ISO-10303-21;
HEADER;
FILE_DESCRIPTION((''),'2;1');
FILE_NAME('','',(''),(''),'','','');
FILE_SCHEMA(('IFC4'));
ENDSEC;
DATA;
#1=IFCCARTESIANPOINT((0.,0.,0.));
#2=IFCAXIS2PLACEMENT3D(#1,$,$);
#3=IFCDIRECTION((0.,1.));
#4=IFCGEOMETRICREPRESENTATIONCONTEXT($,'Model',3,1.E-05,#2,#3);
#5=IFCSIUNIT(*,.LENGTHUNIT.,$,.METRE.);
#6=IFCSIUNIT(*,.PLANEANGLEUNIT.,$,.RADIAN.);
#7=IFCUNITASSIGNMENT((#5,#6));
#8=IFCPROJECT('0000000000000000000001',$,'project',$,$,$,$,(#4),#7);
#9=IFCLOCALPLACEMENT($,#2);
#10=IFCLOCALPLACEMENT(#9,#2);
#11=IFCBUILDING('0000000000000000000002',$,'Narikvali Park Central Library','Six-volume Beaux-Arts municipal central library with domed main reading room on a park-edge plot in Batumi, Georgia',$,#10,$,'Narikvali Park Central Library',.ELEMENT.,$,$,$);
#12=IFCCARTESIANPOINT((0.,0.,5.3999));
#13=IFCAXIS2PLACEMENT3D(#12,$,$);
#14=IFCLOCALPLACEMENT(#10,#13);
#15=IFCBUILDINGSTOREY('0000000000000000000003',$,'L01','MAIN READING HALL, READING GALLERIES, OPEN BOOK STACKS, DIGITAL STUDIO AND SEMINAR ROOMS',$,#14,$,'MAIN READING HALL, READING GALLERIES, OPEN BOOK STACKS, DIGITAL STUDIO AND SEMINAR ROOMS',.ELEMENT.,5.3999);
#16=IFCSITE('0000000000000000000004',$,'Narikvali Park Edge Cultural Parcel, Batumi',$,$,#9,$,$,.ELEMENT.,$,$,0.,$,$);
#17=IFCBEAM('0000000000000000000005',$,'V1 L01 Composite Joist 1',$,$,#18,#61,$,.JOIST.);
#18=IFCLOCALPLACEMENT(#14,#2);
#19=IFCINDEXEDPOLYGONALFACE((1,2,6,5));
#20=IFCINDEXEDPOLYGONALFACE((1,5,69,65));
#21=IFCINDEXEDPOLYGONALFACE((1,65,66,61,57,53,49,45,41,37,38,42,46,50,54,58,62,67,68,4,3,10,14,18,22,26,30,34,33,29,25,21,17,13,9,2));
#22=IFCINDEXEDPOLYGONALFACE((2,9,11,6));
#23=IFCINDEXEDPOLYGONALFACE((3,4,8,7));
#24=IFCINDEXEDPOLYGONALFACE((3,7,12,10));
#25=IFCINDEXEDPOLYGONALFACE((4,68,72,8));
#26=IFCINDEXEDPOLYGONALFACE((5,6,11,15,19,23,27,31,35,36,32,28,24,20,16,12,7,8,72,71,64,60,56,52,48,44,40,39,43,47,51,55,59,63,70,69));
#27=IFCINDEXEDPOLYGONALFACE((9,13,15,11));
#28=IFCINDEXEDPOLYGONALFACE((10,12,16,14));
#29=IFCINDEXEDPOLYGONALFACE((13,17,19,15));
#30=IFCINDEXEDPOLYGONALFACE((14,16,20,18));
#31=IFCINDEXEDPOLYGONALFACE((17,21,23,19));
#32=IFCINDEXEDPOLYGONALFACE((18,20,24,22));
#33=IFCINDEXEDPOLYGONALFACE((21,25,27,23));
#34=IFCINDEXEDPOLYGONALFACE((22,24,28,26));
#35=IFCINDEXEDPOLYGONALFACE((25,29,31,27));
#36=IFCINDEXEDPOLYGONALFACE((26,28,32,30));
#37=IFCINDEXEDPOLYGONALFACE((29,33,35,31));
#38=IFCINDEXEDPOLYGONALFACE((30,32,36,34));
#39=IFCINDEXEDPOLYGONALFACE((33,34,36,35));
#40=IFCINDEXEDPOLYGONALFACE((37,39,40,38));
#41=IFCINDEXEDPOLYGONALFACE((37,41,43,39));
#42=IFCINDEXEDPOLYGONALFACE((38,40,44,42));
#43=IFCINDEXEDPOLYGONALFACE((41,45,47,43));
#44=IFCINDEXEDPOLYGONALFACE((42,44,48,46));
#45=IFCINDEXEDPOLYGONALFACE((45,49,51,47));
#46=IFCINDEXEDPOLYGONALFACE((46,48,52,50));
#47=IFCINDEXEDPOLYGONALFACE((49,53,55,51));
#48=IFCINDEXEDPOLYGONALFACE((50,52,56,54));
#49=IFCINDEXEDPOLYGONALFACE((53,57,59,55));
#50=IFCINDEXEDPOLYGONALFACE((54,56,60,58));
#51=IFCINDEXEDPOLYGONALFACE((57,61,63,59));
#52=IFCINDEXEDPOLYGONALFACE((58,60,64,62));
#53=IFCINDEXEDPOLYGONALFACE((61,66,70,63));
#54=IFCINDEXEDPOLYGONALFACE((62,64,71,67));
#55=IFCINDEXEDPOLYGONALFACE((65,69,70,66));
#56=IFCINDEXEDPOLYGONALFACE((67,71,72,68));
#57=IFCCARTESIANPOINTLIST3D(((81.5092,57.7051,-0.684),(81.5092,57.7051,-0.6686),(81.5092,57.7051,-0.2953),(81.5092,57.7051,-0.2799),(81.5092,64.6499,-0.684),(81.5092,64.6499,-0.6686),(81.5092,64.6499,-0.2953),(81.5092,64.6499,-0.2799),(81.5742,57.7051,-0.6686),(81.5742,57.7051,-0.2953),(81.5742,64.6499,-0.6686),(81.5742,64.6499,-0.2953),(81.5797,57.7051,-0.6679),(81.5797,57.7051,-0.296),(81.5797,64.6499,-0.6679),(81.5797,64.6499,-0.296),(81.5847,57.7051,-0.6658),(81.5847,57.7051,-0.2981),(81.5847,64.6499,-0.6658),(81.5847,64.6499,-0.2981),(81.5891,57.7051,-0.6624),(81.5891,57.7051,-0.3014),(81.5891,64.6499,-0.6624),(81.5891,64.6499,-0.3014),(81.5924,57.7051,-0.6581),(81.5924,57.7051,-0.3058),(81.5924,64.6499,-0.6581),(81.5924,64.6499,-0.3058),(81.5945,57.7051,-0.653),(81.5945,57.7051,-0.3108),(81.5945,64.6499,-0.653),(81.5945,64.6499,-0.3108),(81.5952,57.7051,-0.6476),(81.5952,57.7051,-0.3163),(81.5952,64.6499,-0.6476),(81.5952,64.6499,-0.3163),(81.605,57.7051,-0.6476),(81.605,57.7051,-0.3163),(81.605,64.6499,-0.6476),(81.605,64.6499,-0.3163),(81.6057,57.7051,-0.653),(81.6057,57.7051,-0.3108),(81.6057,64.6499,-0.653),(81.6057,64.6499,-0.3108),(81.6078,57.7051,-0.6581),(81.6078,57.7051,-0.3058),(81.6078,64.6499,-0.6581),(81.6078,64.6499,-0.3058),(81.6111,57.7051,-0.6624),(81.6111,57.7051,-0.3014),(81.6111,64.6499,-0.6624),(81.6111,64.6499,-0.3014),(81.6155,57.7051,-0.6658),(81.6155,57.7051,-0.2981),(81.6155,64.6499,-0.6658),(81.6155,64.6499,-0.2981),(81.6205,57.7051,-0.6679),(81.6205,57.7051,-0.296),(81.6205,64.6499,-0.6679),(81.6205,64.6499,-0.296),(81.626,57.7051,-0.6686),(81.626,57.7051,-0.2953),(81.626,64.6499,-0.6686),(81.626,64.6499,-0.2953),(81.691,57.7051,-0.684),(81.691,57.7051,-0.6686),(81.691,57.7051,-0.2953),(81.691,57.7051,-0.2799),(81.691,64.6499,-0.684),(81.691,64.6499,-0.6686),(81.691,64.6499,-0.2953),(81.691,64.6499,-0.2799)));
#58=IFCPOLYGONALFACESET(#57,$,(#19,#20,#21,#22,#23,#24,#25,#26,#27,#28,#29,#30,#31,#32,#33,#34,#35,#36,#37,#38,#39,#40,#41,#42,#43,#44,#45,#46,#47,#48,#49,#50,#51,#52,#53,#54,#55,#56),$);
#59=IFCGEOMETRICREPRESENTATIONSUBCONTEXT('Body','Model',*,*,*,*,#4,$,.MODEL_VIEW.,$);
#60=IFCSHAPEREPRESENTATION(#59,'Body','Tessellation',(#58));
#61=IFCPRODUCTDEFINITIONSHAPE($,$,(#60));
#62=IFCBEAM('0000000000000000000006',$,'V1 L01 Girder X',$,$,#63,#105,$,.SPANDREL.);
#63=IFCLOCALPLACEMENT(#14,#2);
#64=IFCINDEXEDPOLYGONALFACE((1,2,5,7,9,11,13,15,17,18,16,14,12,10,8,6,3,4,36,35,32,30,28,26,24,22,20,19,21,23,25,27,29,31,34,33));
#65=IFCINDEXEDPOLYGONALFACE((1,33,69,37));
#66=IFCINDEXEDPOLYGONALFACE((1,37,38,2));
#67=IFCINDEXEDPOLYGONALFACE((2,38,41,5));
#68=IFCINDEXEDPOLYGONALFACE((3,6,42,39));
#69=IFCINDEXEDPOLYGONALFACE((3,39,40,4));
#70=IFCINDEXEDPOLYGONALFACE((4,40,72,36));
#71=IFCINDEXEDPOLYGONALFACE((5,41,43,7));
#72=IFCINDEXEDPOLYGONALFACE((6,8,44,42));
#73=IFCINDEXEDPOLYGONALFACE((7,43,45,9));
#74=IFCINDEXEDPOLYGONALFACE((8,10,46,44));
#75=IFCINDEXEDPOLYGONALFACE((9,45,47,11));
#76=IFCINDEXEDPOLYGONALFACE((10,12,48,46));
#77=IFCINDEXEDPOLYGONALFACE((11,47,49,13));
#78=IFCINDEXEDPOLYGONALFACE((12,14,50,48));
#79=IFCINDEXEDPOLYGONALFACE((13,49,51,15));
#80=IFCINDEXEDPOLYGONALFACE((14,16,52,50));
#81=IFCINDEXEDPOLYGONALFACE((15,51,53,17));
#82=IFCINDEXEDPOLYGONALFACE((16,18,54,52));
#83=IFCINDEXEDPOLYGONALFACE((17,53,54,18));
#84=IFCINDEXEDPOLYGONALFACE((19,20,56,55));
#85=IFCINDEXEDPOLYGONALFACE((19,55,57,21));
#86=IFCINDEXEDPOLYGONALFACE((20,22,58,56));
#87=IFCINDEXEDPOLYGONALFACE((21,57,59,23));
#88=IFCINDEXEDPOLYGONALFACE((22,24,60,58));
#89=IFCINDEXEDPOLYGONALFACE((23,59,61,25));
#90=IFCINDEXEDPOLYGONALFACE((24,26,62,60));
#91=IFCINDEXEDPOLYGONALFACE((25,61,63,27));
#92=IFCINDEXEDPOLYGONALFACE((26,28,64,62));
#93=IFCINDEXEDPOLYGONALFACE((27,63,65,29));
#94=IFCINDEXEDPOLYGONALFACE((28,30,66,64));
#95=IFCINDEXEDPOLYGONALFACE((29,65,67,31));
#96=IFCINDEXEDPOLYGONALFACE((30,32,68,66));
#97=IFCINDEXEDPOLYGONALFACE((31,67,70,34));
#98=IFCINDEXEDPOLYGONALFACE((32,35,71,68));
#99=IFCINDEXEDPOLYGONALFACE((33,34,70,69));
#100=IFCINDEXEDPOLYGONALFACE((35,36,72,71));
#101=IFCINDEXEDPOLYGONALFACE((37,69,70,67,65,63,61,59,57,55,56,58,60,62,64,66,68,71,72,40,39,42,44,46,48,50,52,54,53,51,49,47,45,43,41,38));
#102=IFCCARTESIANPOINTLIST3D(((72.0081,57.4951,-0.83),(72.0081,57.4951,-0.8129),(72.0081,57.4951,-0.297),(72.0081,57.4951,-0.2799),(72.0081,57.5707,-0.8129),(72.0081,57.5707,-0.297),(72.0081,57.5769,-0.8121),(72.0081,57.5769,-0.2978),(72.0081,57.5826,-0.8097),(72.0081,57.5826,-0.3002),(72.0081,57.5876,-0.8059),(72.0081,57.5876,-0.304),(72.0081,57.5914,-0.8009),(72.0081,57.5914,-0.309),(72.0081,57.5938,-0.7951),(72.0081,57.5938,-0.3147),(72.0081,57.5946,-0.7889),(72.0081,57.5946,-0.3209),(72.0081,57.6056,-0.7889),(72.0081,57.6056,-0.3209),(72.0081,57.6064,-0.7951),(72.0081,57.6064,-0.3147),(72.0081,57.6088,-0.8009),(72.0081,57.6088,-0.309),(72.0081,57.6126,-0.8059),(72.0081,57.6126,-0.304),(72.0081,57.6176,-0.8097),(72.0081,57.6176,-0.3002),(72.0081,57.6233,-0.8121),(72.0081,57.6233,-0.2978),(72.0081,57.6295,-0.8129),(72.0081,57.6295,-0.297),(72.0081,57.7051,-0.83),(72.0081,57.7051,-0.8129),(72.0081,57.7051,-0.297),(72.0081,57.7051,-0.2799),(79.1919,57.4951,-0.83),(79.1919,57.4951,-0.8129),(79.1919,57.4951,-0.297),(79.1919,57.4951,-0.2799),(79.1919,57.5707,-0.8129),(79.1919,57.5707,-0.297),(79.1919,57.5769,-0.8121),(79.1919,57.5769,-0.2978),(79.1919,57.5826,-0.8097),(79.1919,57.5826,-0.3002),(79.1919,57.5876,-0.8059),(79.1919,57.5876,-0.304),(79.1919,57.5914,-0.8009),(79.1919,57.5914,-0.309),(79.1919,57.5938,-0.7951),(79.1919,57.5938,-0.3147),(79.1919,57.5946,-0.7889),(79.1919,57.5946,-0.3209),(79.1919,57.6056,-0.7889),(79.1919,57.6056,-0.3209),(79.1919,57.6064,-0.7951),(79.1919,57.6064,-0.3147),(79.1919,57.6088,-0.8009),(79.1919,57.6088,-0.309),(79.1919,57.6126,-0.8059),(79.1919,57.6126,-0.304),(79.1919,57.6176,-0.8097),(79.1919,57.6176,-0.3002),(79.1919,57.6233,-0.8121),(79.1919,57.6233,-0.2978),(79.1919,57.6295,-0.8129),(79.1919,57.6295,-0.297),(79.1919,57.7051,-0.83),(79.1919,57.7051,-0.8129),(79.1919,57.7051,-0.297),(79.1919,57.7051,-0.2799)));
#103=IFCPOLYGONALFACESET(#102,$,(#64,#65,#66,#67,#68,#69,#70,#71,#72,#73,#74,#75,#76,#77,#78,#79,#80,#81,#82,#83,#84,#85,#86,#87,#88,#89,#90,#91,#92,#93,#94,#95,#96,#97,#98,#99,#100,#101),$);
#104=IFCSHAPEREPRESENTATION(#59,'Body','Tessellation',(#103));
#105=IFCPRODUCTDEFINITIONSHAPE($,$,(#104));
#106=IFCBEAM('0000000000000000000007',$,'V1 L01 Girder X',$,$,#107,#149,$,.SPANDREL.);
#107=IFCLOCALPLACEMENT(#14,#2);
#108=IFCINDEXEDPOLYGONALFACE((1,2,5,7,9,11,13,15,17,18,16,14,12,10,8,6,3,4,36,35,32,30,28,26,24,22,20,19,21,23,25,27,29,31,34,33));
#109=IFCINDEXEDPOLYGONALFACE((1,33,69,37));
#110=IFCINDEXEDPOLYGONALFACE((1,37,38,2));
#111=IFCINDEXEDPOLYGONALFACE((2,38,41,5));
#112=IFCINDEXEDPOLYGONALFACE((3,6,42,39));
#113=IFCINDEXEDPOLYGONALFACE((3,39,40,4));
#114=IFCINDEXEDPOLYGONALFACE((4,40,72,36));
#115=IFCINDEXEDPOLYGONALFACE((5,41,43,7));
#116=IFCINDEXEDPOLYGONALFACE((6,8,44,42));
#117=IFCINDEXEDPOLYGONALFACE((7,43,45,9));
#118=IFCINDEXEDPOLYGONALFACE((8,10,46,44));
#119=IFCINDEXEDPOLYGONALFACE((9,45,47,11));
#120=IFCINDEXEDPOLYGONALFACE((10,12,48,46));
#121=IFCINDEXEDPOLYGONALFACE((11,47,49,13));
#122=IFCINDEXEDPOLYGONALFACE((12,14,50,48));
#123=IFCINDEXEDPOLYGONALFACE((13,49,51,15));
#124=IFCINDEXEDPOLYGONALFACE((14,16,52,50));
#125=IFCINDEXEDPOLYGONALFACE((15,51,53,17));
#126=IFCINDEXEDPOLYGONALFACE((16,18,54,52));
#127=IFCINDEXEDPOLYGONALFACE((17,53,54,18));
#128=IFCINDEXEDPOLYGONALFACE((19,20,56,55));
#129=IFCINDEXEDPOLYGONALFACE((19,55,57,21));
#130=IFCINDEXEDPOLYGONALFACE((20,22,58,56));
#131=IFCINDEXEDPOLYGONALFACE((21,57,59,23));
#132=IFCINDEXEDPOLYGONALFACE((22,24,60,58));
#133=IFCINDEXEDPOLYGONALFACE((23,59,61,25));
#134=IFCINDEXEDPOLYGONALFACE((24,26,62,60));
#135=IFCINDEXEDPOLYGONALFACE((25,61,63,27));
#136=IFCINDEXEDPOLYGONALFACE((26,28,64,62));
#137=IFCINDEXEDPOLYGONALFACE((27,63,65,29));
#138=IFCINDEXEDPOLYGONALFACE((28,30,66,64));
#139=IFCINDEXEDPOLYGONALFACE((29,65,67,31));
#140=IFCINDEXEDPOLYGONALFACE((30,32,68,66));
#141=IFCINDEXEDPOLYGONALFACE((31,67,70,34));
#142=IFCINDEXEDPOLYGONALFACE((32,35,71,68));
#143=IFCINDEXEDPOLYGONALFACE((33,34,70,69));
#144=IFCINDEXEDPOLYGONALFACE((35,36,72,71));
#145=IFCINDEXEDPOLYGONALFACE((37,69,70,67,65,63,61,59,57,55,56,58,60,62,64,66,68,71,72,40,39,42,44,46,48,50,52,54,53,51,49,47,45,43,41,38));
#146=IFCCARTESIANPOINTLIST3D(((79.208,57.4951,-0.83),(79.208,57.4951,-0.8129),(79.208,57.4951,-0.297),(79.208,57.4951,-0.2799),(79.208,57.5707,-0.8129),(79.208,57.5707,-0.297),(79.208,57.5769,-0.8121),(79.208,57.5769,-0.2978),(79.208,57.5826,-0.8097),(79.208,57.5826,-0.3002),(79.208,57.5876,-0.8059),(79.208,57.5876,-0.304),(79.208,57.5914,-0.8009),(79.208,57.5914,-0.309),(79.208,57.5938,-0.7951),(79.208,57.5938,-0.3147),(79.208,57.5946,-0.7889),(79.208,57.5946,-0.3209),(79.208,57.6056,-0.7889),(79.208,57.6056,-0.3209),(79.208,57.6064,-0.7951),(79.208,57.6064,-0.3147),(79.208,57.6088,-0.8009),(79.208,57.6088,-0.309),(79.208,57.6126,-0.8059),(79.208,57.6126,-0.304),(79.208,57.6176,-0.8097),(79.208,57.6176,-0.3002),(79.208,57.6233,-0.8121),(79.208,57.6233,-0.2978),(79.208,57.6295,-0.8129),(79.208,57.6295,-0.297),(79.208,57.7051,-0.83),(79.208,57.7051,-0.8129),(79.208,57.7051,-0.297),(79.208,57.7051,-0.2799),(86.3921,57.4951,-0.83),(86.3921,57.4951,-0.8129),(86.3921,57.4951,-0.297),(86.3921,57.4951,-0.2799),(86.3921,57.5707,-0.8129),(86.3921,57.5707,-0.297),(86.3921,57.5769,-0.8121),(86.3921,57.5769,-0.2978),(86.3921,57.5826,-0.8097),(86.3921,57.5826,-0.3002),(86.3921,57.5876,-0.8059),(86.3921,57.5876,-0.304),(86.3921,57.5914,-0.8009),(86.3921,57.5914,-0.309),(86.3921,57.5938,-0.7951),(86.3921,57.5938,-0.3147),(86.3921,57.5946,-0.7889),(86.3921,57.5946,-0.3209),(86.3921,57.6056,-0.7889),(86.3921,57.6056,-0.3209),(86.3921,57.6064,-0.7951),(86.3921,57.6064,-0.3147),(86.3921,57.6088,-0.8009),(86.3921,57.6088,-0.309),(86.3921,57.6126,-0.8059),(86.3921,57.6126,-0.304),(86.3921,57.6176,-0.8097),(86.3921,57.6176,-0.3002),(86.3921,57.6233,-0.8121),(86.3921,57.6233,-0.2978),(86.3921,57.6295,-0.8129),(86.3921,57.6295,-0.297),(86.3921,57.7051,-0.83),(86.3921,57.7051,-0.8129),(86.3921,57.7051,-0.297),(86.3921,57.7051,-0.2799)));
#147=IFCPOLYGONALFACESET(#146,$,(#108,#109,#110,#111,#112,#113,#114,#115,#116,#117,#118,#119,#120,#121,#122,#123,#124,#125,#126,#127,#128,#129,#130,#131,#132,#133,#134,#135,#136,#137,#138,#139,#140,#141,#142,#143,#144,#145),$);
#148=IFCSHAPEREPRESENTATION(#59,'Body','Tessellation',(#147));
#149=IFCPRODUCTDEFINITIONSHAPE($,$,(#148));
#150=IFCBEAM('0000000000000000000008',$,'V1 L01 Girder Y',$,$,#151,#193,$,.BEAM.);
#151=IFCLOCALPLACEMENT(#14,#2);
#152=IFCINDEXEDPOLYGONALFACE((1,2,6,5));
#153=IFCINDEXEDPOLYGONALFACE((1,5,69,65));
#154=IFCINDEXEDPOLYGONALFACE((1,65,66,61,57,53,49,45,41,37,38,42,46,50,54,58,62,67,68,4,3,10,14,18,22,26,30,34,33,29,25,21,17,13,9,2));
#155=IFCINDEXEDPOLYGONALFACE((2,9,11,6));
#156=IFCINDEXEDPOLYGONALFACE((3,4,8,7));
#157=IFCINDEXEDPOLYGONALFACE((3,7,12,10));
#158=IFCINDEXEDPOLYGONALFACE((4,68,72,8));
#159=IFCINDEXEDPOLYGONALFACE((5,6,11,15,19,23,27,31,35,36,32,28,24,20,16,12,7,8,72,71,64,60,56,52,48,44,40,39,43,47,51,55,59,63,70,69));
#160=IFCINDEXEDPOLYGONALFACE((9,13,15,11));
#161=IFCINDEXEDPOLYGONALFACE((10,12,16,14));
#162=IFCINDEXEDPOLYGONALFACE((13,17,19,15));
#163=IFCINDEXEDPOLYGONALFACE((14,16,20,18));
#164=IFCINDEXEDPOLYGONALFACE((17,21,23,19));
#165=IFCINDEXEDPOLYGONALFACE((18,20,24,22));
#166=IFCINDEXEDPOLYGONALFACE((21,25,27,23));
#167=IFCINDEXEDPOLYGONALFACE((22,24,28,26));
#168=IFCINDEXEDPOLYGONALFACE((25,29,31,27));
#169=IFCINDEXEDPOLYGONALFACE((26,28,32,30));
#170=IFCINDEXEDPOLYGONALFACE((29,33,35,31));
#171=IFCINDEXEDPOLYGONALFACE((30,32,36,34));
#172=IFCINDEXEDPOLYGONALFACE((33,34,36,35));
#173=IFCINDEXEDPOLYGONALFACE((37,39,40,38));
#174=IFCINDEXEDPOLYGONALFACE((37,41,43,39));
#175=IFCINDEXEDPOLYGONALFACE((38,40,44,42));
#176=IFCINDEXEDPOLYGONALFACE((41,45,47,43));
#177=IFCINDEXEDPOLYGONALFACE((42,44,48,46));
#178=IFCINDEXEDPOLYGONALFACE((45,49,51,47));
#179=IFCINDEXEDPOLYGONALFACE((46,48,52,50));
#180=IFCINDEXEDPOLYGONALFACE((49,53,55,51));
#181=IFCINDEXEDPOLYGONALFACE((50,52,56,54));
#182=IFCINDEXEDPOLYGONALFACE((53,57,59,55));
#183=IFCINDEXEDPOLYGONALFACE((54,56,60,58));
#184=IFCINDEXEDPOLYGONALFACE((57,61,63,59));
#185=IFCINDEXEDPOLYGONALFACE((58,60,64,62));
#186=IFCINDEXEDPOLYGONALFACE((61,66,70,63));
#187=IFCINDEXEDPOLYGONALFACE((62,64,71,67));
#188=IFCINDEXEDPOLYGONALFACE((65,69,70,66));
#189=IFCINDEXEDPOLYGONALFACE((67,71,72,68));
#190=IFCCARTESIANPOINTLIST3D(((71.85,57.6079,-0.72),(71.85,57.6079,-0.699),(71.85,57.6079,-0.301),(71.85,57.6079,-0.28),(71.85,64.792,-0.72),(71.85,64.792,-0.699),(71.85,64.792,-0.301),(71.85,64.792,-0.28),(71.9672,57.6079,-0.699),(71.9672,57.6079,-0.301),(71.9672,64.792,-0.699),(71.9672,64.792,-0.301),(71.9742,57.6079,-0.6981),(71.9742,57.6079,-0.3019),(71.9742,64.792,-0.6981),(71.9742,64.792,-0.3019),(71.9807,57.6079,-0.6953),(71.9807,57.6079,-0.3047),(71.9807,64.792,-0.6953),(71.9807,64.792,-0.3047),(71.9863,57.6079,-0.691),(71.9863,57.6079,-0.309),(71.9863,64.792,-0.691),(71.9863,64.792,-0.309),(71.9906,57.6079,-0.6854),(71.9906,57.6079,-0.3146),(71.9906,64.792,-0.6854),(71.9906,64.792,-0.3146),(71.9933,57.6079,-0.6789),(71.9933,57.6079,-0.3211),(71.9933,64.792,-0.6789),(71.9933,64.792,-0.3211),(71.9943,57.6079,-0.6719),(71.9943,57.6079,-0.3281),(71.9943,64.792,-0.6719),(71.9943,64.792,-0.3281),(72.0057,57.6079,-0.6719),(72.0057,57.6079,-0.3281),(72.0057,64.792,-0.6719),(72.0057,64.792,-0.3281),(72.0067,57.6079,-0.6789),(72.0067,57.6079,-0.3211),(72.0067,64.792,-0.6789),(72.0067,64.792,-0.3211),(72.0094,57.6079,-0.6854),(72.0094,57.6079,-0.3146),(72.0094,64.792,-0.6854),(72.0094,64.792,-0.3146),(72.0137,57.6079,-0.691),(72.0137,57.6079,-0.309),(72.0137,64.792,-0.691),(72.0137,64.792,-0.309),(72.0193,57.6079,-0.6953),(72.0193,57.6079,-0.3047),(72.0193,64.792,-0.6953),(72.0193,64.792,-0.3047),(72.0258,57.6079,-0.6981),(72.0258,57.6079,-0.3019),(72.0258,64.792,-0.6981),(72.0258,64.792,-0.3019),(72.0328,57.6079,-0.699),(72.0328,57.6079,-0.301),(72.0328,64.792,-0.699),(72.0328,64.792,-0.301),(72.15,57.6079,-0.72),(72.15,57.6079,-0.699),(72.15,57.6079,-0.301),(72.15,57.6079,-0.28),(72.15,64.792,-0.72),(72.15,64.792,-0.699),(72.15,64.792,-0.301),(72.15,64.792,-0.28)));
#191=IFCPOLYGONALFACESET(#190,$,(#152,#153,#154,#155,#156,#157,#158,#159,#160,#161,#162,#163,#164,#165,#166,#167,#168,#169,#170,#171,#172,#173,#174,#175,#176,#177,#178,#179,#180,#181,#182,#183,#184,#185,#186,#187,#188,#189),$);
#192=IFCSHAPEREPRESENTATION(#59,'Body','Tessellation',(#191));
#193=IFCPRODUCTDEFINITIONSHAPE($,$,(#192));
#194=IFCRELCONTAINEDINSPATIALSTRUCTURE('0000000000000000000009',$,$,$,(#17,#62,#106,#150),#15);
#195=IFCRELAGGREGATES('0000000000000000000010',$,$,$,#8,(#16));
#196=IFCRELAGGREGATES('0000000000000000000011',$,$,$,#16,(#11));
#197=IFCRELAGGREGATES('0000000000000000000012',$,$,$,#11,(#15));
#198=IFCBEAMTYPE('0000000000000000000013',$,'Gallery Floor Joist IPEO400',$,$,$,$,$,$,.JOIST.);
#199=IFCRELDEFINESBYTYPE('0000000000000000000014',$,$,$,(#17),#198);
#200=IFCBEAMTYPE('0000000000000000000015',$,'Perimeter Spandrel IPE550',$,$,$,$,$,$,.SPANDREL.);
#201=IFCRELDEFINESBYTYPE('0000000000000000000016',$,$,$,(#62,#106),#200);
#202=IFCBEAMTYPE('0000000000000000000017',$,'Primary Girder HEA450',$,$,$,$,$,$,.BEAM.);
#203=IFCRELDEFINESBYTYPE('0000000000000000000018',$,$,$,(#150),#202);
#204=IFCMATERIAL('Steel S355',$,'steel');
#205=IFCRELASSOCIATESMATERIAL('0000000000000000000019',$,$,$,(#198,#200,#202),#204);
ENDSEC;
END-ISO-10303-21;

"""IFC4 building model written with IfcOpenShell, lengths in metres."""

from ifc_helpers import new_model, si_unit, direction, frame, origin, origin_2d, place, context, subcontext, project, spatial, i_section, extrude, material, material_profile, profile_set, type_object, element, save


model = new_model("IFC4")

# Units and contexts
model_context = context("Model", 3, precision=1e-05, world=origin(), true_north=direction((0.0, 1.0)))
body_context = subcontext(model_context, "Body", "Model", "MODEL_VIEW")
ifc_project = project(units=[si_unit("LENGTHUNIT", "METRE"), si_unit("PLANEANGLEUNIT", "RADIAN")], contexts=[model_context])

# Site, building, storey
site_placement = place(None, origin())
site = spatial("IfcSite", under=ifc_project, at=site_placement, Name="Narikvali Park Edge Cultural Parcel, Batumi", CompositionType="ELEMENT", RefElevation=0.0)
building_placement = place(site_placement, origin())
building = spatial("IfcBuilding", under=site, at=building_placement, Name="Narikvali Park Central Library", Description="Six-volume Beaux-Arts municipal central library with domed main reading room on a park-edge plot in Batumi, Georgia", LongName="Narikvali Park Central Library", CompositionType="ELEMENT")
storey_placement = place(building_placement, frame((0.0, 0.0, 5.3999)))
storey = spatial("IfcBuildingStorey", under=building, at=storey_placement, Name="L01", Description="MAIN READING HALL, READING GALLERIES, OPEN BOOK STACKS, DIGITAL STUDIO AND SEMINAR ROOMS", LongName="MAIN READING HALL, READING GALLERIES, OPEN BOOK STACKS, DIGITAL STUDIO AND SEMINAR ROOMS", CompositionType="ELEMENT", Elevation=5.3999)

# Shared definitions
ifc_material_1 = material(Name="Steel S355", Category="steel")

# Beams
ifc_material_profile_1 = material_profile(ifc_material_1, i_section(OverallWidth=0.1819, OverallDepth=0.4041, WebThickness=0.0098, FlangeThickness=0.0154, FilletRadius=0.021, at=origin_2d()), Name="IPEO 400")
ifc_profile_set_1 = profile_set([ifc_material_profile_1], Name="Steel S355")
beam_type_1 = type_object("IfcBeamType", Name="Gallery Floor Joist IPEO400", PredefinedType="JOIST", material=ifc_profile_set_1)
for number, where, z_axis, x_axis, name in (
    (1, (81.6001, 57.7051, -0.4819), (0.0, 1.0, 0.0), (-1.0, 0.0, 0.0), "V1 L01 Composite Joist 1"),
):
    element("IfcBeam", number, at=place(storey_placement, frame(where, z_axis=z_axis, x_axis=x_axis)), inside=storey, type_object=beam_type_1, Name=name, PredefinedType="JOIST", context=body_context, shape_type="SweptSolid", body=[
        extrude(i_section(OverallWidth=0.1819, OverallDepth=0.4041, WebThickness=0.0098, FlangeThickness=0.0154, FilletRadius=0.021, at=origin_2d()), origin(), (0.0, 0.0, 1.0), 6.9448),
    ])
ifc_material_profile_2 = material_profile(ifc_material_1, i_section(OverallWidth=0.21, OverallDepth=0.55, WebThickness=0.011, FlangeThickness=0.0171, FilletRadius=0.0239, at=origin_2d()), Name="IPE 550")
ifc_profile_set_2 = profile_set([ifc_material_profile_2], Name="Steel S355")
beam_type_2 = type_object("IfcBeamType", Name="Perimeter Spandrel IPE550", PredefinedType="SPANDREL", material=ifc_profile_set_2)
beam_1_placement = place(storey_placement, frame((72.0081, 57.6001, -0.5549), z_axis=(1.0, 0.0, 0.0), x_axis=(0.0, 1.0, 0.0)))
element("IfcBeam", 2, at=beam_1_placement, inside=storey, type_object=beam_type_2, Name="V1 L01 Girder X", PredefinedType="SPANDREL", context=body_context, shape_type="SweptSolid", body=[
    extrude(i_section(OverallWidth=0.21, OverallDepth=0.55, WebThickness=0.011, FlangeThickness=0.0171, FilletRadius=0.0239, at=origin_2d()), origin(), (0.0, 0.0, 1.0), 7.1838),
])
beam_2_placement = place(storey_placement, frame((79.208, 57.6001, -0.5549), z_axis=(1.0, 0.0, 0.0), x_axis=(0.0, 1.0, 0.0)))
element("IfcBeam", 3, at=beam_2_placement, inside=storey, type_object=beam_type_2, Name="V1 L01 Girder X", PredefinedType="SPANDREL", context=body_context, shape_type="SweptSolid", body=[
    extrude(i_section(OverallWidth=0.21, OverallDepth=0.55, WebThickness=0.011, FlangeThickness=0.0171, FilletRadius=0.0239, at=origin_2d()), origin(), (0.0, 0.0, 1.0), 7.1841),
])
ifc_material_profile_3 = material_profile(ifc_material_1, i_section(OverallWidth=0.3, OverallDepth=0.4399, WebThickness=0.0115, FlangeThickness=0.021, FilletRadius=0.0271, at=origin_2d()), Name="HEA 450")
ifc_profile_set_3 = profile_set([ifc_material_profile_3], Name="Steel S355")
beam_type_3 = type_object("IfcBeamType", Name="Primary Girder HEA450", PredefinedType="BEAM", material=ifc_profile_set_3)
for number, where, z_axis, x_axis, name in (
    (4, (72.0, 57.6079, -0.5), (0.0, 1.0, 0.0), (-1.0, 0.0, 0.0), "V1 L01 Girder Y"),
):
    element("IfcBeam", number, at=place(storey_placement, frame(where, z_axis=z_axis, x_axis=x_axis)), inside=storey, type_object=beam_type_3, Name=name, PredefinedType="BEAM", context=body_context, shape_type="SweptSolid", body=[
        extrude(i_section(OverallWidth=0.3, OverallDepth=0.4399, WebThickness=0.0115, FlangeThickness=0.021, FilletRadius=0.0271, at=origin_2d()), origin(), (0.0, 0.0, 1.0), 7.1841),
    ])

save(model, "model.ifc")
